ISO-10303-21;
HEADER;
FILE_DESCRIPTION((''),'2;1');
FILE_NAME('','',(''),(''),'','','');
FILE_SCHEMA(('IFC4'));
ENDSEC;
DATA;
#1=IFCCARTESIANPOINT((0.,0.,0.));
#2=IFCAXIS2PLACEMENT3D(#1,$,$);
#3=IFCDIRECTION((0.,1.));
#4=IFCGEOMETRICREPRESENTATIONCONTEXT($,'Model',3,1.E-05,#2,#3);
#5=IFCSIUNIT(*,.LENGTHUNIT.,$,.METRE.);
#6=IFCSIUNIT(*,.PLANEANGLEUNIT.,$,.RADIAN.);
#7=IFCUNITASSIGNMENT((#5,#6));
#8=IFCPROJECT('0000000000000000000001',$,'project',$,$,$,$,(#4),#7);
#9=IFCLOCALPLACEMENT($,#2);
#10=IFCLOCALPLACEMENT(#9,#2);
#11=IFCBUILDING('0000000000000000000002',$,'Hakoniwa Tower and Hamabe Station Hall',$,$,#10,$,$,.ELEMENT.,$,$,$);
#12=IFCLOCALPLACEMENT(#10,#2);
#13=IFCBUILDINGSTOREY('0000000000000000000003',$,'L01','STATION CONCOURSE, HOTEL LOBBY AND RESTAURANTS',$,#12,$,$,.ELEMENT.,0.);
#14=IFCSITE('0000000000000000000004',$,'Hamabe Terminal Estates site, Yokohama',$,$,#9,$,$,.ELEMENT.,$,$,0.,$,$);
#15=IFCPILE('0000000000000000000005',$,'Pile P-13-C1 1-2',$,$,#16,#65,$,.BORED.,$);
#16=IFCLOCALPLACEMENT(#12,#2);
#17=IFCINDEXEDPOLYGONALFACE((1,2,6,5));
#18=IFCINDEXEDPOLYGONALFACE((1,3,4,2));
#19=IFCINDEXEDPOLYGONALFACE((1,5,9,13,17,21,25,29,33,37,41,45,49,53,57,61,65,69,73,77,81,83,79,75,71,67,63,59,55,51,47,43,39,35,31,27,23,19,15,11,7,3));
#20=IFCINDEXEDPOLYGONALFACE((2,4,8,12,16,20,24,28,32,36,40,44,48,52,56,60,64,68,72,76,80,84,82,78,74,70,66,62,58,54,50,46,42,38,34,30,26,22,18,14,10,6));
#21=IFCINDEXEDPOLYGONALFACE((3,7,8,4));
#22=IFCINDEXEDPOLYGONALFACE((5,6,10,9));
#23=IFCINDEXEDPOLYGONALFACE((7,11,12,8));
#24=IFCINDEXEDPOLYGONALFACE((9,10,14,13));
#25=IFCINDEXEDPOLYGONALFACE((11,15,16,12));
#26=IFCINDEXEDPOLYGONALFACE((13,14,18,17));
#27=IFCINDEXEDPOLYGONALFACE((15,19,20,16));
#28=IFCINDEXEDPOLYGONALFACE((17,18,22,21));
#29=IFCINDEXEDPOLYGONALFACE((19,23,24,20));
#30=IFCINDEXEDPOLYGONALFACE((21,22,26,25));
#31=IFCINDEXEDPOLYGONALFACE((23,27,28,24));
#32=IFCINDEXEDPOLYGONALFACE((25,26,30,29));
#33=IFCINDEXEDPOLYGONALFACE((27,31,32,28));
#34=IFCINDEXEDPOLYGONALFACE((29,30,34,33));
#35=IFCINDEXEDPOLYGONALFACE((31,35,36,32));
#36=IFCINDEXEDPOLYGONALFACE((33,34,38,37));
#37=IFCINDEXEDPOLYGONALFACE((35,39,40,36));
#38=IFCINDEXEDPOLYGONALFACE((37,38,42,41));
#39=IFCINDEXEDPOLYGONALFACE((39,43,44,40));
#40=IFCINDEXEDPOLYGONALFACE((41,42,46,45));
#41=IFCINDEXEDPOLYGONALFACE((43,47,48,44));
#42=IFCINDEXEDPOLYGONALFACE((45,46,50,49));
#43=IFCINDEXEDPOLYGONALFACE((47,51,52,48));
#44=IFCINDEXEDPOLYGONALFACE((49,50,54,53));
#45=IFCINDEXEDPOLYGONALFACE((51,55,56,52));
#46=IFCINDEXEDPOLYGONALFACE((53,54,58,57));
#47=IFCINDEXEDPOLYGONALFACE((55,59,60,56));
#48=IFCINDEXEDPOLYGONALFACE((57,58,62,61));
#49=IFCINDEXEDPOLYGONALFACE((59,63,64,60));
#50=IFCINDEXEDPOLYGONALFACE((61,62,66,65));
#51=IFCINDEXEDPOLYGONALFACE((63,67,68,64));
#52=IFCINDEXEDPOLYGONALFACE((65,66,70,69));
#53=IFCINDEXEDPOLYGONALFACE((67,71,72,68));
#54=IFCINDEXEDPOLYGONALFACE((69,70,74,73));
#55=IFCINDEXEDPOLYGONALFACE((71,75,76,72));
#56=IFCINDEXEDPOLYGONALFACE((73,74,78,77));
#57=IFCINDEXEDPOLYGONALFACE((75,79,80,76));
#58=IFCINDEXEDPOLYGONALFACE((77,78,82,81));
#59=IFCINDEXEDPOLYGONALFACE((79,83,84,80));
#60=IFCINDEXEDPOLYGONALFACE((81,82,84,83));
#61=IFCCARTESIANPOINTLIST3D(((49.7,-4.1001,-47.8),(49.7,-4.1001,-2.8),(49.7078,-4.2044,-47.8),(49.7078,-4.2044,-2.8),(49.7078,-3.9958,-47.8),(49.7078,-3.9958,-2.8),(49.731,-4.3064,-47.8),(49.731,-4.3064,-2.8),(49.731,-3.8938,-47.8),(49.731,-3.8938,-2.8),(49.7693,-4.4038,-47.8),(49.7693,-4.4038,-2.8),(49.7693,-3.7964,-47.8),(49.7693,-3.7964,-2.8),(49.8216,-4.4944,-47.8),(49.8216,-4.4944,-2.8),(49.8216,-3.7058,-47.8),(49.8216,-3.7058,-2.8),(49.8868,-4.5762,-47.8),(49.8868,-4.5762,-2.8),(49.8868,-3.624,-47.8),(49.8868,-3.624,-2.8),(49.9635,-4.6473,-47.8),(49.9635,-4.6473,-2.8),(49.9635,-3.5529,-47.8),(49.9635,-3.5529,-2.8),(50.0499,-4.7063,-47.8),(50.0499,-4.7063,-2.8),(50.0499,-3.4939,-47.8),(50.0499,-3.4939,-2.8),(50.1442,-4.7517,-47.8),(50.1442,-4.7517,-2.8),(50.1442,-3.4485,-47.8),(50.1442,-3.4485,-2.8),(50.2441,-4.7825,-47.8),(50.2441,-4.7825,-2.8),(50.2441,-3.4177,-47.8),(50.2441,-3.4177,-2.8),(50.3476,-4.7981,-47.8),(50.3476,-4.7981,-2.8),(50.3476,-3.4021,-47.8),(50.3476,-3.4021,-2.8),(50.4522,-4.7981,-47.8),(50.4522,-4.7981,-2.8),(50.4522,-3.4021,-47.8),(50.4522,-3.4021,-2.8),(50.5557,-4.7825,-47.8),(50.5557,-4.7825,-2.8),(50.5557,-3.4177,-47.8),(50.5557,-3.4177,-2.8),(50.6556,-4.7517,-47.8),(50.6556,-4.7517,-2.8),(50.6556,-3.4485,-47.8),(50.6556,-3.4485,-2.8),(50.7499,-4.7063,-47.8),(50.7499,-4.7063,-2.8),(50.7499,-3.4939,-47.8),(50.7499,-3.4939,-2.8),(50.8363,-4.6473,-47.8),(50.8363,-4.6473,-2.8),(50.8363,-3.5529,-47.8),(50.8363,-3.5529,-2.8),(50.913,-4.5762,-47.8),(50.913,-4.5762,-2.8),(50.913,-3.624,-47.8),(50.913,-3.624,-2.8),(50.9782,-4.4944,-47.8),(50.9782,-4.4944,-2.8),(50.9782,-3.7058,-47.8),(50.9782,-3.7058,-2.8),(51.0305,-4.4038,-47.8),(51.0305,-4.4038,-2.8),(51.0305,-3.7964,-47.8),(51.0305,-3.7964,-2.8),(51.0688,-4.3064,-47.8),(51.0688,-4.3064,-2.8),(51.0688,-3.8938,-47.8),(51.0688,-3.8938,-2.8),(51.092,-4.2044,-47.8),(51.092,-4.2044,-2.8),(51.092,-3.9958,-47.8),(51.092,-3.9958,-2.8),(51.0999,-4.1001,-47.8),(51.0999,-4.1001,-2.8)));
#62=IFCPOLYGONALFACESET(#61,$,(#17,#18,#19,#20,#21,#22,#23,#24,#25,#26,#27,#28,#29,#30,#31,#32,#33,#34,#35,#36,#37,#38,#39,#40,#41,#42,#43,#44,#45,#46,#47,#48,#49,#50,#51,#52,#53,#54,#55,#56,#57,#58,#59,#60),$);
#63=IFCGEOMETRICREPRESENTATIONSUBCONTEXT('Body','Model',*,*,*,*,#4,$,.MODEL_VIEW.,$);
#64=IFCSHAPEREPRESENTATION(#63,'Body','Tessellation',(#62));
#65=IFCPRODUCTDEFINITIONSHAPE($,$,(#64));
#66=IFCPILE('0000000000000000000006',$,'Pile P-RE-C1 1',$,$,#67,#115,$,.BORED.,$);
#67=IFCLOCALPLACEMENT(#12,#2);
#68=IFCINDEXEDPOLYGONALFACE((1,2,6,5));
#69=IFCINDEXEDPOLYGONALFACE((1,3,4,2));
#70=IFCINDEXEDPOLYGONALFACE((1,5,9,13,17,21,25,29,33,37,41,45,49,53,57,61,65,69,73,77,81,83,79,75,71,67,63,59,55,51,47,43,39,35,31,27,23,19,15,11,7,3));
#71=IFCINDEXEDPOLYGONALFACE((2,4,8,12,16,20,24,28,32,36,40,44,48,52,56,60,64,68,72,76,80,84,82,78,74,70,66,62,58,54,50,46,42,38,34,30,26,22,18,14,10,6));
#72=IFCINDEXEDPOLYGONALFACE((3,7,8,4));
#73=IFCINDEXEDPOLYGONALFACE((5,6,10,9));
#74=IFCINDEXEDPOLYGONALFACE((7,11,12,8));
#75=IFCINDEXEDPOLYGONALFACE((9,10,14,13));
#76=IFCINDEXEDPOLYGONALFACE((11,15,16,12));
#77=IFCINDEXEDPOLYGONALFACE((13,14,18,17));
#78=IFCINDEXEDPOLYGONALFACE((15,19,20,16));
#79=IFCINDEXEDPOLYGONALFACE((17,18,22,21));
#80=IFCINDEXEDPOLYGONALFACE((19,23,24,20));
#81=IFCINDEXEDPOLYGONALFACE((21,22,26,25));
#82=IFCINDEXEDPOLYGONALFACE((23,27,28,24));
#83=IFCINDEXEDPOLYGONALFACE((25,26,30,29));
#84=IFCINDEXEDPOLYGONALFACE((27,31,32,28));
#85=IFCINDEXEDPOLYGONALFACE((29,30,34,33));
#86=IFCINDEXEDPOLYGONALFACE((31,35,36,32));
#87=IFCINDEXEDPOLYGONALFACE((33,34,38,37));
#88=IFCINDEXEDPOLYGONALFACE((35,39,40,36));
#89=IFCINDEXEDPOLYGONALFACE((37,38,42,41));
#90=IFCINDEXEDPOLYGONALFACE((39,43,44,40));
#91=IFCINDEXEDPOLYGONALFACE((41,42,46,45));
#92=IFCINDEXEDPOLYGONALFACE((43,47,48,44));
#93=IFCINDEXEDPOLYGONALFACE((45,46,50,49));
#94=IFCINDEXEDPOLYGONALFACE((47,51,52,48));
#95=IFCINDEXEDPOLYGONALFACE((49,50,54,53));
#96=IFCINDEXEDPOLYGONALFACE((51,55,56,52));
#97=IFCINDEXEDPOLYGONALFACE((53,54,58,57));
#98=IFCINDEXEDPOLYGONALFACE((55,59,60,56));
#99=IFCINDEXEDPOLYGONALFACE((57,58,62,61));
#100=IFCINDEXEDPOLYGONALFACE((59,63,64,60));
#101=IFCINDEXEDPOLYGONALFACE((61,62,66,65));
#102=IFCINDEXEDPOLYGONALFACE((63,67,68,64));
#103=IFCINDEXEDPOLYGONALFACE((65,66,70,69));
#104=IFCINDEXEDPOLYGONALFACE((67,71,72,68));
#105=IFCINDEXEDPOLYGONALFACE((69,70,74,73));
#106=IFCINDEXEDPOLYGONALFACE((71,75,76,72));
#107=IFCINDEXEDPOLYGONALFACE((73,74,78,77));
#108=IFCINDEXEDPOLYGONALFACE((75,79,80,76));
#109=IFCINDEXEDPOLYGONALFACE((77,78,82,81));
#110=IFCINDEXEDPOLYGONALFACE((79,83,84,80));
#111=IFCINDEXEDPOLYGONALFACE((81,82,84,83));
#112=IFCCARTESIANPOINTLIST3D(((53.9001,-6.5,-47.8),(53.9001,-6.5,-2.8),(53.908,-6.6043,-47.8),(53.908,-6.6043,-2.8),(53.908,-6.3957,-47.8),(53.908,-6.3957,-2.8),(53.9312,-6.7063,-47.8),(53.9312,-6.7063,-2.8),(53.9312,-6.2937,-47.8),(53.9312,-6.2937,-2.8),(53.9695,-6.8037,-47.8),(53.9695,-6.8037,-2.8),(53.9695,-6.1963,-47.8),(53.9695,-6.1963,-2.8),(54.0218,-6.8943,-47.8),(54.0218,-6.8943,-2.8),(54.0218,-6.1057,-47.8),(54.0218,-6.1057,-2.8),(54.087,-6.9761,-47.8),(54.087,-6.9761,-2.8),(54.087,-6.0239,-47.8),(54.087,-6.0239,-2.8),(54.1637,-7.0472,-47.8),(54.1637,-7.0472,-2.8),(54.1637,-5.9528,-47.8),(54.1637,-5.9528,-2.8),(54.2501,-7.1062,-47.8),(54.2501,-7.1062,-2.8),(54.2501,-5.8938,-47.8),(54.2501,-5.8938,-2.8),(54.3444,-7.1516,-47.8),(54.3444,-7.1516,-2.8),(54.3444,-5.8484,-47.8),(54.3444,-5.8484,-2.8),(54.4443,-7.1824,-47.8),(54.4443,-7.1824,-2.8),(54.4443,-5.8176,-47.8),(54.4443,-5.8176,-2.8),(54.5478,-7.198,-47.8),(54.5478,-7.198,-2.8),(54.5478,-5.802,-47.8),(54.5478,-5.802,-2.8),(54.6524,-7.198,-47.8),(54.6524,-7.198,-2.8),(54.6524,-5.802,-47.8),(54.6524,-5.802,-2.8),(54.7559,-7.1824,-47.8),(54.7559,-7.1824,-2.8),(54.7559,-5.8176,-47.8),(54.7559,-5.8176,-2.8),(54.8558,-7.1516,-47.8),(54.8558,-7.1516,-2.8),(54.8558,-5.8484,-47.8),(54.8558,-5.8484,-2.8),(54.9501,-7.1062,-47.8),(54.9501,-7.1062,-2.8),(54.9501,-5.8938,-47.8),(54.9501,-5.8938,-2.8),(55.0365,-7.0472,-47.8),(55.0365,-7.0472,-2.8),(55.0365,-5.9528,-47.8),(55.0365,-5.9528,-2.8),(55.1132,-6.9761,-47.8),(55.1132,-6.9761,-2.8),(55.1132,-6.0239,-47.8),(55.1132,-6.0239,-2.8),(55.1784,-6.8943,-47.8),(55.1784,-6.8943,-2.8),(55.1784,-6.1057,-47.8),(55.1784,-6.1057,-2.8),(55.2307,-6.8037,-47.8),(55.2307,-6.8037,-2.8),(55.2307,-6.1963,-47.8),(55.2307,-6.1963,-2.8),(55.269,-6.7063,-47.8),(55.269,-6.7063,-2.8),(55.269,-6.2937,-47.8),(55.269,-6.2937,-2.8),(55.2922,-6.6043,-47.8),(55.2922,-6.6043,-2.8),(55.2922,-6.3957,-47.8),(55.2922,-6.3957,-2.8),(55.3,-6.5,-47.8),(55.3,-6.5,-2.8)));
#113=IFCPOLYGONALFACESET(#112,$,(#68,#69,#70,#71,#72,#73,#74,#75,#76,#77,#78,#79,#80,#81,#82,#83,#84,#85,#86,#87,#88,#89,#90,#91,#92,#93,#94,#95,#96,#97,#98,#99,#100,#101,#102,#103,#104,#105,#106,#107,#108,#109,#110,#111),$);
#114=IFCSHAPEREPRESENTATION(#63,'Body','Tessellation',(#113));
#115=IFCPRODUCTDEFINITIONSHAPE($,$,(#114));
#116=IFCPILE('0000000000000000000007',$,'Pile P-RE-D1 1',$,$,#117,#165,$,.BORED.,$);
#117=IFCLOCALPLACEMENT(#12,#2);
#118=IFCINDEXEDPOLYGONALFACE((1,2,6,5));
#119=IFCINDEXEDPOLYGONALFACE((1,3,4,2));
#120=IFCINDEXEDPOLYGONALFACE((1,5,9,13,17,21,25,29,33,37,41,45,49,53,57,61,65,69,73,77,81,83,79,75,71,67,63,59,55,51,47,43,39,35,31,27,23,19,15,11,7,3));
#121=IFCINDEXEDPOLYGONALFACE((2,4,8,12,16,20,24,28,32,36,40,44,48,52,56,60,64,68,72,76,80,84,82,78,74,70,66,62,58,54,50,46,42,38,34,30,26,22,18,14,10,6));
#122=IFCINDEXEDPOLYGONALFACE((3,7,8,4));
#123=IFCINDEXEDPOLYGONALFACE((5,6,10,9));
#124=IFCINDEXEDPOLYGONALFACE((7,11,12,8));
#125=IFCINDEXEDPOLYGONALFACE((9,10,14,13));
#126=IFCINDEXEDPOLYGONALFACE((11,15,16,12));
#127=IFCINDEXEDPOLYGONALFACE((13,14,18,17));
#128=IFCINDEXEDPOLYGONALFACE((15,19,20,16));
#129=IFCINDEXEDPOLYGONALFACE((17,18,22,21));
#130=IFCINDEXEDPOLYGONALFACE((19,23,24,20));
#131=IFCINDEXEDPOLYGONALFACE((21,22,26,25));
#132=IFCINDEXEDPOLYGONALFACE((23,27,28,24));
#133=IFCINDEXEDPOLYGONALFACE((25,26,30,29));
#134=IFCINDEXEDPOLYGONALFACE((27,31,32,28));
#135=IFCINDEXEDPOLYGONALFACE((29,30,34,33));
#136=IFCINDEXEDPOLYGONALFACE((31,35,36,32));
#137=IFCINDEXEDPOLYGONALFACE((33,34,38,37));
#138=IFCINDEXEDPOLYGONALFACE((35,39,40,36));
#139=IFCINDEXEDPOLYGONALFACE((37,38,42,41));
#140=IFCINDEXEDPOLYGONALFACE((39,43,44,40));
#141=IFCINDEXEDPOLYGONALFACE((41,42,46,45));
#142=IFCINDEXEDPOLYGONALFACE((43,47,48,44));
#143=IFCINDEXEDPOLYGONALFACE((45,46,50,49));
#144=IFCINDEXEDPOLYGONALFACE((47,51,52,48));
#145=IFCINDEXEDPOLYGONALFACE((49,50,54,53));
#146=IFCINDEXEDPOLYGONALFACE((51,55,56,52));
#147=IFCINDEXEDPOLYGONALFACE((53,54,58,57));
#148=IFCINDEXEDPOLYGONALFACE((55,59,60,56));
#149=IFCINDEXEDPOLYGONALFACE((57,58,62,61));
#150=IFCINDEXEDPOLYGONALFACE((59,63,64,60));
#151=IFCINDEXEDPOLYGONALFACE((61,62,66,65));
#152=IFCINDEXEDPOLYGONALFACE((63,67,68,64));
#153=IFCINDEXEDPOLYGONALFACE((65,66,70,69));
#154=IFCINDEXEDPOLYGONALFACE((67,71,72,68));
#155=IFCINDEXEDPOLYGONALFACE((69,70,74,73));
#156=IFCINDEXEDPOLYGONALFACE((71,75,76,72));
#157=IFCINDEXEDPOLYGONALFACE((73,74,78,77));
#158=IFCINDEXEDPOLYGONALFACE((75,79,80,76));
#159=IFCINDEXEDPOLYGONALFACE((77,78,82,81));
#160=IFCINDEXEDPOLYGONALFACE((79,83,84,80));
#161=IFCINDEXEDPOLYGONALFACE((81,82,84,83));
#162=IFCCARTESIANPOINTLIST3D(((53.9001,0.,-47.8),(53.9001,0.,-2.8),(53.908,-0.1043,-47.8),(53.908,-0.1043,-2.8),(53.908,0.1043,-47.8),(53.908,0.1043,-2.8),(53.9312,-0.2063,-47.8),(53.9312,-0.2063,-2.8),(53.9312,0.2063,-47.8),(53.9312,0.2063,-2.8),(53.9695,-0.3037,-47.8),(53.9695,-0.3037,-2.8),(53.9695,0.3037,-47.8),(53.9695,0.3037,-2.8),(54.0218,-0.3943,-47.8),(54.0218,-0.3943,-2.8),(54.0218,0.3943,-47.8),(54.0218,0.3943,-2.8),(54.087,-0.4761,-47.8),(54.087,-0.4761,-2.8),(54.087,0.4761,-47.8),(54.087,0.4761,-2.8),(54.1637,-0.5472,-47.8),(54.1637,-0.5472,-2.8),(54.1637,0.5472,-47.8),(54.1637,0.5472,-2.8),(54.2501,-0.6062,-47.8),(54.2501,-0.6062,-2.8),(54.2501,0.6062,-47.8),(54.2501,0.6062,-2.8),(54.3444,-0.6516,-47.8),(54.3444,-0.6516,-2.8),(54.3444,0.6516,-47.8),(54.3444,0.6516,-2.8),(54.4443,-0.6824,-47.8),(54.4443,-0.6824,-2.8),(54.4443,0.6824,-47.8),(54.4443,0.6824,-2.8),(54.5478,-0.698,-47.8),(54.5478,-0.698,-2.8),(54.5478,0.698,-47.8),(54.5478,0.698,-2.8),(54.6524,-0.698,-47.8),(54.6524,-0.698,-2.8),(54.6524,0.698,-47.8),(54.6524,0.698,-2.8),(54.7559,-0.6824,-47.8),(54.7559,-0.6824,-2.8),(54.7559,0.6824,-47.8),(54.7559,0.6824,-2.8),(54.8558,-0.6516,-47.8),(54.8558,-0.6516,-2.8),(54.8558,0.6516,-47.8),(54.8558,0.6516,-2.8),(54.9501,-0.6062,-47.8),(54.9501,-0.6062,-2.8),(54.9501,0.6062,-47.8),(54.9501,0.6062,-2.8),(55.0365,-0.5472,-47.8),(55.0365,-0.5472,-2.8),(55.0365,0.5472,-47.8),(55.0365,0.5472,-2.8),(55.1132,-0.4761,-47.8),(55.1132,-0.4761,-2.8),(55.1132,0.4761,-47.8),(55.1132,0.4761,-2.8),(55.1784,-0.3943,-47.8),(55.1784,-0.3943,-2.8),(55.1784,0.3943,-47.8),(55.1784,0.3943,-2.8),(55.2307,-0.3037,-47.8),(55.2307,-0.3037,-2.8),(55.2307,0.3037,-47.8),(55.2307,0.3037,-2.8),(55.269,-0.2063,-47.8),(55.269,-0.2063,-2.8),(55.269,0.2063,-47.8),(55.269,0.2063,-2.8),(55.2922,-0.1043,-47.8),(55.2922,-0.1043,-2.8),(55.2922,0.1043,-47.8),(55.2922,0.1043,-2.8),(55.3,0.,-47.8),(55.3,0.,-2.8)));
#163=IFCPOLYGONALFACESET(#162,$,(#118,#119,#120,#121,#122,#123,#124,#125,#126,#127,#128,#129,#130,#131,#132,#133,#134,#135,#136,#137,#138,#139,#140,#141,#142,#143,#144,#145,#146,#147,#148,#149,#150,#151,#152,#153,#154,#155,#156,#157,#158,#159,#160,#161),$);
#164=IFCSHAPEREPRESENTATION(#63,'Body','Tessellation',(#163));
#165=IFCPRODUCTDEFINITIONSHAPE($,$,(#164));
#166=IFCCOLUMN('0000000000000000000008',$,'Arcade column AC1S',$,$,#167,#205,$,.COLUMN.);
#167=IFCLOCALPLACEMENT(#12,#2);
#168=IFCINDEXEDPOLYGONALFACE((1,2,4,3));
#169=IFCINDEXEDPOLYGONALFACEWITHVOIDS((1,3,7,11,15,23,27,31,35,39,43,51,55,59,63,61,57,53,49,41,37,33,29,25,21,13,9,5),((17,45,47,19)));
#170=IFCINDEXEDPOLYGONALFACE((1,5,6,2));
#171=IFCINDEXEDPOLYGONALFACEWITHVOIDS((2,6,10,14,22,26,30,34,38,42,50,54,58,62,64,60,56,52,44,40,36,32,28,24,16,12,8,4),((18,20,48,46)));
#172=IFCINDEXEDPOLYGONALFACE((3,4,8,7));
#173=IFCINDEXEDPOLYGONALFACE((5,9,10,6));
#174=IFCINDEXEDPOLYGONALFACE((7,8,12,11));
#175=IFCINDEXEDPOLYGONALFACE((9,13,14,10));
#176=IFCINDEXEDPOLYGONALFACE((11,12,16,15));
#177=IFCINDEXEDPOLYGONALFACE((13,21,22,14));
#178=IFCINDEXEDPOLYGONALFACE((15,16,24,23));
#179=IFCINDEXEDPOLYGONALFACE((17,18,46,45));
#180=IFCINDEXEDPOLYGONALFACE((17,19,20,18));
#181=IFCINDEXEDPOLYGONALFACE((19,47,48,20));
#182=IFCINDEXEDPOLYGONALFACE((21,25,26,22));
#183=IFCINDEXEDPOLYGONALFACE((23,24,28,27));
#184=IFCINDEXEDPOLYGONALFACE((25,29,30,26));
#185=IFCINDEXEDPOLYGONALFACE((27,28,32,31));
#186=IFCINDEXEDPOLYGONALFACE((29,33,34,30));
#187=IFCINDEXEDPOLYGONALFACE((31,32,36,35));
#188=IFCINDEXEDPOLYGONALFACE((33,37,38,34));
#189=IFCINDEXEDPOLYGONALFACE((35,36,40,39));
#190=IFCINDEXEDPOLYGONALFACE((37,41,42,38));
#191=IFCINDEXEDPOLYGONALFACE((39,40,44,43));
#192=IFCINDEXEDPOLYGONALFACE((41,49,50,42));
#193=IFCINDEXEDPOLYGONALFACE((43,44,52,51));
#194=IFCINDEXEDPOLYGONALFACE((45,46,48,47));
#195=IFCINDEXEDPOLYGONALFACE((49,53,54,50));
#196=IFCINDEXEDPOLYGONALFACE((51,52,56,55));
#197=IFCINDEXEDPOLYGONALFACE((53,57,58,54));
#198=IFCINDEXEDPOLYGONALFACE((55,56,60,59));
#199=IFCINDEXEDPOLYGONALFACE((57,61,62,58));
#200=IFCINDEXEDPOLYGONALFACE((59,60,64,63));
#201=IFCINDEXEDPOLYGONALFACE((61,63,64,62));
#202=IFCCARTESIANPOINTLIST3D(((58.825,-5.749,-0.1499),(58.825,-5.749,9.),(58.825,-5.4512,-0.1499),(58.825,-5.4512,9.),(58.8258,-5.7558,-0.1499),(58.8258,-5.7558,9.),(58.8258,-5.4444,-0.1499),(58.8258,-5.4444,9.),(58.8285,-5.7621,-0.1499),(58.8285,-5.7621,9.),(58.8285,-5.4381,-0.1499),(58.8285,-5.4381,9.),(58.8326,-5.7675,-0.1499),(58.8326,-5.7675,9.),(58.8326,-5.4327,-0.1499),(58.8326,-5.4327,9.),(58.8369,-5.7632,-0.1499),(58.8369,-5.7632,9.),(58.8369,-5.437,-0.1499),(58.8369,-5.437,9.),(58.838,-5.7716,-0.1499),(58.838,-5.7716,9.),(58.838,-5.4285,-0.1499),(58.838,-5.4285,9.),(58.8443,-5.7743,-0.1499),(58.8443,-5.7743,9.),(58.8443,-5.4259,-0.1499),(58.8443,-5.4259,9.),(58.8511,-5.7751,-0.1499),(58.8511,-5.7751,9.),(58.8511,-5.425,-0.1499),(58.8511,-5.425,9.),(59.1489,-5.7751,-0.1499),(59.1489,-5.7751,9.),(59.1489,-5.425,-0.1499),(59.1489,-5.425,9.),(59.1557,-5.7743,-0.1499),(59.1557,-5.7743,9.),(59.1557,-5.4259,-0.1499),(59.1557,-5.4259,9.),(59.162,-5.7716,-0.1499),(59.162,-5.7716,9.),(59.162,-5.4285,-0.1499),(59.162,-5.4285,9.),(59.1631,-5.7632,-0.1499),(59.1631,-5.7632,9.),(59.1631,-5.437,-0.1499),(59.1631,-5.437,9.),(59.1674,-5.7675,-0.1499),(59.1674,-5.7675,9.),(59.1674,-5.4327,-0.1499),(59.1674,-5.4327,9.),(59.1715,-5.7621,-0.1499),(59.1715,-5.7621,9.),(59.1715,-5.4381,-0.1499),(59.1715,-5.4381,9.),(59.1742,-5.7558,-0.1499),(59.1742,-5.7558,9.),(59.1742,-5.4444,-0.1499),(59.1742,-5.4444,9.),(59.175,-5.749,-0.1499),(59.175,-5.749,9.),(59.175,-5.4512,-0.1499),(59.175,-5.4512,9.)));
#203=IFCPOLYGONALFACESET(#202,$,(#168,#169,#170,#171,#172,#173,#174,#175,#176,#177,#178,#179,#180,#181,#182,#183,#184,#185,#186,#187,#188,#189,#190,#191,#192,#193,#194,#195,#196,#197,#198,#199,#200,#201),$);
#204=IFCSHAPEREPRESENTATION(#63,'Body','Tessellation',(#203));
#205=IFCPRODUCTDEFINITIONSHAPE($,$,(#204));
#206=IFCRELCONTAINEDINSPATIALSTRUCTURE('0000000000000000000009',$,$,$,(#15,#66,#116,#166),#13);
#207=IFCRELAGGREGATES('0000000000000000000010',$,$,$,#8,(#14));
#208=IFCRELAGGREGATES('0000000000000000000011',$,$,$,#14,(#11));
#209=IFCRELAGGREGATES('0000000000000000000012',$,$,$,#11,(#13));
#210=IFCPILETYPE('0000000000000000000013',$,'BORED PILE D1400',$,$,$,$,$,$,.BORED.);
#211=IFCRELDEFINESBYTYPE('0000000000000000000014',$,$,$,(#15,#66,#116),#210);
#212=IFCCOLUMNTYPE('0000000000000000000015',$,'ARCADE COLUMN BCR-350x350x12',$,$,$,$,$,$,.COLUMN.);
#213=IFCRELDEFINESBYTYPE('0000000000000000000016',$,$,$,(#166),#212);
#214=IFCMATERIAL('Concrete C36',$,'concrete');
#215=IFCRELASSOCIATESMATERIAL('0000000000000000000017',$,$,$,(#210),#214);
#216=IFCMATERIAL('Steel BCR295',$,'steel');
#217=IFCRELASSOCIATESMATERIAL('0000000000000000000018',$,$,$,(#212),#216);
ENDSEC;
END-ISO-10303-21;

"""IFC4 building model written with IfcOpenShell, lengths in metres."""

from ifc_helpers import new_model, si_unit, direction, frame, origin, origin_2d, place, context, subcontext, project, spatial, hollow_rectangle, circle, extrude, material, material_profile, profile_set, type_object, element, save


model = new_model("IFC4")

# Units and contexts
model_context = context("Model", 3, precision=1e-05, world=origin(), true_north=direction((0.0, 1.0)))
body_context = subcontext(model_context, "Body", "Model", "MODEL_VIEW")
ifc_project = project(units=[si_unit("LENGTHUNIT", "METRE"), si_unit("PLANEANGLEUNIT", "RADIAN")], contexts=[model_context])

# Site, building, storey
site_placement = place(None, origin())
site = spatial("IfcSite", under=ifc_project, at=site_placement, Name="Hamabe Terminal Estates site, Yokohama", CompositionType="ELEMENT", RefElevation=0.0)
building_placement = place(site_placement, origin())
building = spatial("IfcBuilding", under=site, at=building_placement, Name="Hakoniwa Tower and Hamabe Station Hall", CompositionType="ELEMENT")
storey_placement = place(building_placement, origin())
storey = spatial("IfcBuildingStorey", under=building, at=storey_placement, Name="L01", Description="STATION CONCOURSE, HOTEL LOBBY AND RESTAURANTS", CompositionType="ELEMENT", Elevation=0.0)

# Piles
ifc_material_1 = material(Name="Concrete C36", Category="concrete")
ifc_material_profile_1 = material_profile(ifc_material_1, circle(Radius=0.7, at=origin_2d()), Name="BORED PILE D1400")
ifc_profile_set_1 = profile_set([ifc_material_profile_1], Name="Concrete C36")
pile_type_1 = type_object("IfcPileType", Name="BORED PILE D1400", PredefinedType="BORED", material=ifc_profile_set_1)
for number, where, z_axis, x_axis, name in (
    (1, (50.3999, -4.1001, -2.8), (0.0, 0.0, -1.0), (1.0, 0.0, 0.0), "Pile P-13-C1 1-2"),
    (2, (54.6001, -6.5, -2.8), (0.0, 0.0, -1.0), (1.0, 0.0, 0.0), "Pile P-RE-C1 1"),
    (3, (54.6001, 0.0, -2.8), (0.0, 0.0, -1.0), (1.0, 0.0, 0.0), "Pile P-RE-D1 1"),
):
    element("IfcPile", number, at=place(storey_placement, frame(where, z_axis=z_axis, x_axis=x_axis)), inside=storey, type_object=pile_type_1, Name=name, PredefinedType="BORED", context=body_context, shape_type="SweptSolid", body=[
        extrude(circle(Radius=0.7, at=origin_2d()), origin(), (0.0, 0.0, 1.0), 45.0),
    ])

# Column
ifc_material_2 = material(Name="Steel BCR295", Category="steel")
ifc_material_profile_2 = material_profile(ifc_material_2, hollow_rectangle(XDim=0.3501, YDim=0.3501, WallThickness=0.012, OuterFilletRadius=0.0261, at=origin_2d()), Name="ARCADE COLUMN BCR-350x350x12")
ifc_profile_set_2 = profile_set([ifc_material_profile_2], Name="Steel BCR295")
column_type_1 = type_object("IfcColumnType", Name="ARCADE COLUMN BCR-350x350x12", PredefinedType="COLUMN", material=ifc_profile_set_2)
for number, where, z_axis, x_axis, name in (
    (4, (59.0, -5.6001, -0.1499), (0.0, 0.0, 1.0), (1.0, 0.0, 0.0), "Arcade column AC1S"),
):
    element("IfcColumn", number, at=place(storey_placement, frame(where, z_axis=z_axis, x_axis=x_axis)), inside=storey, type_object=column_type_1, Name=name, PredefinedType="COLUMN", context=body_context, shape_type="SweptSolid", body=[
        extrude(hollow_rectangle(XDim=0.3501, YDim=0.3501, WallThickness=0.012, OuterFilletRadius=0.0261, at=origin_2d()), origin(), (0.0, 0.0, 1.0), 9.1499),
    ])

save(model, "model.ifc")
